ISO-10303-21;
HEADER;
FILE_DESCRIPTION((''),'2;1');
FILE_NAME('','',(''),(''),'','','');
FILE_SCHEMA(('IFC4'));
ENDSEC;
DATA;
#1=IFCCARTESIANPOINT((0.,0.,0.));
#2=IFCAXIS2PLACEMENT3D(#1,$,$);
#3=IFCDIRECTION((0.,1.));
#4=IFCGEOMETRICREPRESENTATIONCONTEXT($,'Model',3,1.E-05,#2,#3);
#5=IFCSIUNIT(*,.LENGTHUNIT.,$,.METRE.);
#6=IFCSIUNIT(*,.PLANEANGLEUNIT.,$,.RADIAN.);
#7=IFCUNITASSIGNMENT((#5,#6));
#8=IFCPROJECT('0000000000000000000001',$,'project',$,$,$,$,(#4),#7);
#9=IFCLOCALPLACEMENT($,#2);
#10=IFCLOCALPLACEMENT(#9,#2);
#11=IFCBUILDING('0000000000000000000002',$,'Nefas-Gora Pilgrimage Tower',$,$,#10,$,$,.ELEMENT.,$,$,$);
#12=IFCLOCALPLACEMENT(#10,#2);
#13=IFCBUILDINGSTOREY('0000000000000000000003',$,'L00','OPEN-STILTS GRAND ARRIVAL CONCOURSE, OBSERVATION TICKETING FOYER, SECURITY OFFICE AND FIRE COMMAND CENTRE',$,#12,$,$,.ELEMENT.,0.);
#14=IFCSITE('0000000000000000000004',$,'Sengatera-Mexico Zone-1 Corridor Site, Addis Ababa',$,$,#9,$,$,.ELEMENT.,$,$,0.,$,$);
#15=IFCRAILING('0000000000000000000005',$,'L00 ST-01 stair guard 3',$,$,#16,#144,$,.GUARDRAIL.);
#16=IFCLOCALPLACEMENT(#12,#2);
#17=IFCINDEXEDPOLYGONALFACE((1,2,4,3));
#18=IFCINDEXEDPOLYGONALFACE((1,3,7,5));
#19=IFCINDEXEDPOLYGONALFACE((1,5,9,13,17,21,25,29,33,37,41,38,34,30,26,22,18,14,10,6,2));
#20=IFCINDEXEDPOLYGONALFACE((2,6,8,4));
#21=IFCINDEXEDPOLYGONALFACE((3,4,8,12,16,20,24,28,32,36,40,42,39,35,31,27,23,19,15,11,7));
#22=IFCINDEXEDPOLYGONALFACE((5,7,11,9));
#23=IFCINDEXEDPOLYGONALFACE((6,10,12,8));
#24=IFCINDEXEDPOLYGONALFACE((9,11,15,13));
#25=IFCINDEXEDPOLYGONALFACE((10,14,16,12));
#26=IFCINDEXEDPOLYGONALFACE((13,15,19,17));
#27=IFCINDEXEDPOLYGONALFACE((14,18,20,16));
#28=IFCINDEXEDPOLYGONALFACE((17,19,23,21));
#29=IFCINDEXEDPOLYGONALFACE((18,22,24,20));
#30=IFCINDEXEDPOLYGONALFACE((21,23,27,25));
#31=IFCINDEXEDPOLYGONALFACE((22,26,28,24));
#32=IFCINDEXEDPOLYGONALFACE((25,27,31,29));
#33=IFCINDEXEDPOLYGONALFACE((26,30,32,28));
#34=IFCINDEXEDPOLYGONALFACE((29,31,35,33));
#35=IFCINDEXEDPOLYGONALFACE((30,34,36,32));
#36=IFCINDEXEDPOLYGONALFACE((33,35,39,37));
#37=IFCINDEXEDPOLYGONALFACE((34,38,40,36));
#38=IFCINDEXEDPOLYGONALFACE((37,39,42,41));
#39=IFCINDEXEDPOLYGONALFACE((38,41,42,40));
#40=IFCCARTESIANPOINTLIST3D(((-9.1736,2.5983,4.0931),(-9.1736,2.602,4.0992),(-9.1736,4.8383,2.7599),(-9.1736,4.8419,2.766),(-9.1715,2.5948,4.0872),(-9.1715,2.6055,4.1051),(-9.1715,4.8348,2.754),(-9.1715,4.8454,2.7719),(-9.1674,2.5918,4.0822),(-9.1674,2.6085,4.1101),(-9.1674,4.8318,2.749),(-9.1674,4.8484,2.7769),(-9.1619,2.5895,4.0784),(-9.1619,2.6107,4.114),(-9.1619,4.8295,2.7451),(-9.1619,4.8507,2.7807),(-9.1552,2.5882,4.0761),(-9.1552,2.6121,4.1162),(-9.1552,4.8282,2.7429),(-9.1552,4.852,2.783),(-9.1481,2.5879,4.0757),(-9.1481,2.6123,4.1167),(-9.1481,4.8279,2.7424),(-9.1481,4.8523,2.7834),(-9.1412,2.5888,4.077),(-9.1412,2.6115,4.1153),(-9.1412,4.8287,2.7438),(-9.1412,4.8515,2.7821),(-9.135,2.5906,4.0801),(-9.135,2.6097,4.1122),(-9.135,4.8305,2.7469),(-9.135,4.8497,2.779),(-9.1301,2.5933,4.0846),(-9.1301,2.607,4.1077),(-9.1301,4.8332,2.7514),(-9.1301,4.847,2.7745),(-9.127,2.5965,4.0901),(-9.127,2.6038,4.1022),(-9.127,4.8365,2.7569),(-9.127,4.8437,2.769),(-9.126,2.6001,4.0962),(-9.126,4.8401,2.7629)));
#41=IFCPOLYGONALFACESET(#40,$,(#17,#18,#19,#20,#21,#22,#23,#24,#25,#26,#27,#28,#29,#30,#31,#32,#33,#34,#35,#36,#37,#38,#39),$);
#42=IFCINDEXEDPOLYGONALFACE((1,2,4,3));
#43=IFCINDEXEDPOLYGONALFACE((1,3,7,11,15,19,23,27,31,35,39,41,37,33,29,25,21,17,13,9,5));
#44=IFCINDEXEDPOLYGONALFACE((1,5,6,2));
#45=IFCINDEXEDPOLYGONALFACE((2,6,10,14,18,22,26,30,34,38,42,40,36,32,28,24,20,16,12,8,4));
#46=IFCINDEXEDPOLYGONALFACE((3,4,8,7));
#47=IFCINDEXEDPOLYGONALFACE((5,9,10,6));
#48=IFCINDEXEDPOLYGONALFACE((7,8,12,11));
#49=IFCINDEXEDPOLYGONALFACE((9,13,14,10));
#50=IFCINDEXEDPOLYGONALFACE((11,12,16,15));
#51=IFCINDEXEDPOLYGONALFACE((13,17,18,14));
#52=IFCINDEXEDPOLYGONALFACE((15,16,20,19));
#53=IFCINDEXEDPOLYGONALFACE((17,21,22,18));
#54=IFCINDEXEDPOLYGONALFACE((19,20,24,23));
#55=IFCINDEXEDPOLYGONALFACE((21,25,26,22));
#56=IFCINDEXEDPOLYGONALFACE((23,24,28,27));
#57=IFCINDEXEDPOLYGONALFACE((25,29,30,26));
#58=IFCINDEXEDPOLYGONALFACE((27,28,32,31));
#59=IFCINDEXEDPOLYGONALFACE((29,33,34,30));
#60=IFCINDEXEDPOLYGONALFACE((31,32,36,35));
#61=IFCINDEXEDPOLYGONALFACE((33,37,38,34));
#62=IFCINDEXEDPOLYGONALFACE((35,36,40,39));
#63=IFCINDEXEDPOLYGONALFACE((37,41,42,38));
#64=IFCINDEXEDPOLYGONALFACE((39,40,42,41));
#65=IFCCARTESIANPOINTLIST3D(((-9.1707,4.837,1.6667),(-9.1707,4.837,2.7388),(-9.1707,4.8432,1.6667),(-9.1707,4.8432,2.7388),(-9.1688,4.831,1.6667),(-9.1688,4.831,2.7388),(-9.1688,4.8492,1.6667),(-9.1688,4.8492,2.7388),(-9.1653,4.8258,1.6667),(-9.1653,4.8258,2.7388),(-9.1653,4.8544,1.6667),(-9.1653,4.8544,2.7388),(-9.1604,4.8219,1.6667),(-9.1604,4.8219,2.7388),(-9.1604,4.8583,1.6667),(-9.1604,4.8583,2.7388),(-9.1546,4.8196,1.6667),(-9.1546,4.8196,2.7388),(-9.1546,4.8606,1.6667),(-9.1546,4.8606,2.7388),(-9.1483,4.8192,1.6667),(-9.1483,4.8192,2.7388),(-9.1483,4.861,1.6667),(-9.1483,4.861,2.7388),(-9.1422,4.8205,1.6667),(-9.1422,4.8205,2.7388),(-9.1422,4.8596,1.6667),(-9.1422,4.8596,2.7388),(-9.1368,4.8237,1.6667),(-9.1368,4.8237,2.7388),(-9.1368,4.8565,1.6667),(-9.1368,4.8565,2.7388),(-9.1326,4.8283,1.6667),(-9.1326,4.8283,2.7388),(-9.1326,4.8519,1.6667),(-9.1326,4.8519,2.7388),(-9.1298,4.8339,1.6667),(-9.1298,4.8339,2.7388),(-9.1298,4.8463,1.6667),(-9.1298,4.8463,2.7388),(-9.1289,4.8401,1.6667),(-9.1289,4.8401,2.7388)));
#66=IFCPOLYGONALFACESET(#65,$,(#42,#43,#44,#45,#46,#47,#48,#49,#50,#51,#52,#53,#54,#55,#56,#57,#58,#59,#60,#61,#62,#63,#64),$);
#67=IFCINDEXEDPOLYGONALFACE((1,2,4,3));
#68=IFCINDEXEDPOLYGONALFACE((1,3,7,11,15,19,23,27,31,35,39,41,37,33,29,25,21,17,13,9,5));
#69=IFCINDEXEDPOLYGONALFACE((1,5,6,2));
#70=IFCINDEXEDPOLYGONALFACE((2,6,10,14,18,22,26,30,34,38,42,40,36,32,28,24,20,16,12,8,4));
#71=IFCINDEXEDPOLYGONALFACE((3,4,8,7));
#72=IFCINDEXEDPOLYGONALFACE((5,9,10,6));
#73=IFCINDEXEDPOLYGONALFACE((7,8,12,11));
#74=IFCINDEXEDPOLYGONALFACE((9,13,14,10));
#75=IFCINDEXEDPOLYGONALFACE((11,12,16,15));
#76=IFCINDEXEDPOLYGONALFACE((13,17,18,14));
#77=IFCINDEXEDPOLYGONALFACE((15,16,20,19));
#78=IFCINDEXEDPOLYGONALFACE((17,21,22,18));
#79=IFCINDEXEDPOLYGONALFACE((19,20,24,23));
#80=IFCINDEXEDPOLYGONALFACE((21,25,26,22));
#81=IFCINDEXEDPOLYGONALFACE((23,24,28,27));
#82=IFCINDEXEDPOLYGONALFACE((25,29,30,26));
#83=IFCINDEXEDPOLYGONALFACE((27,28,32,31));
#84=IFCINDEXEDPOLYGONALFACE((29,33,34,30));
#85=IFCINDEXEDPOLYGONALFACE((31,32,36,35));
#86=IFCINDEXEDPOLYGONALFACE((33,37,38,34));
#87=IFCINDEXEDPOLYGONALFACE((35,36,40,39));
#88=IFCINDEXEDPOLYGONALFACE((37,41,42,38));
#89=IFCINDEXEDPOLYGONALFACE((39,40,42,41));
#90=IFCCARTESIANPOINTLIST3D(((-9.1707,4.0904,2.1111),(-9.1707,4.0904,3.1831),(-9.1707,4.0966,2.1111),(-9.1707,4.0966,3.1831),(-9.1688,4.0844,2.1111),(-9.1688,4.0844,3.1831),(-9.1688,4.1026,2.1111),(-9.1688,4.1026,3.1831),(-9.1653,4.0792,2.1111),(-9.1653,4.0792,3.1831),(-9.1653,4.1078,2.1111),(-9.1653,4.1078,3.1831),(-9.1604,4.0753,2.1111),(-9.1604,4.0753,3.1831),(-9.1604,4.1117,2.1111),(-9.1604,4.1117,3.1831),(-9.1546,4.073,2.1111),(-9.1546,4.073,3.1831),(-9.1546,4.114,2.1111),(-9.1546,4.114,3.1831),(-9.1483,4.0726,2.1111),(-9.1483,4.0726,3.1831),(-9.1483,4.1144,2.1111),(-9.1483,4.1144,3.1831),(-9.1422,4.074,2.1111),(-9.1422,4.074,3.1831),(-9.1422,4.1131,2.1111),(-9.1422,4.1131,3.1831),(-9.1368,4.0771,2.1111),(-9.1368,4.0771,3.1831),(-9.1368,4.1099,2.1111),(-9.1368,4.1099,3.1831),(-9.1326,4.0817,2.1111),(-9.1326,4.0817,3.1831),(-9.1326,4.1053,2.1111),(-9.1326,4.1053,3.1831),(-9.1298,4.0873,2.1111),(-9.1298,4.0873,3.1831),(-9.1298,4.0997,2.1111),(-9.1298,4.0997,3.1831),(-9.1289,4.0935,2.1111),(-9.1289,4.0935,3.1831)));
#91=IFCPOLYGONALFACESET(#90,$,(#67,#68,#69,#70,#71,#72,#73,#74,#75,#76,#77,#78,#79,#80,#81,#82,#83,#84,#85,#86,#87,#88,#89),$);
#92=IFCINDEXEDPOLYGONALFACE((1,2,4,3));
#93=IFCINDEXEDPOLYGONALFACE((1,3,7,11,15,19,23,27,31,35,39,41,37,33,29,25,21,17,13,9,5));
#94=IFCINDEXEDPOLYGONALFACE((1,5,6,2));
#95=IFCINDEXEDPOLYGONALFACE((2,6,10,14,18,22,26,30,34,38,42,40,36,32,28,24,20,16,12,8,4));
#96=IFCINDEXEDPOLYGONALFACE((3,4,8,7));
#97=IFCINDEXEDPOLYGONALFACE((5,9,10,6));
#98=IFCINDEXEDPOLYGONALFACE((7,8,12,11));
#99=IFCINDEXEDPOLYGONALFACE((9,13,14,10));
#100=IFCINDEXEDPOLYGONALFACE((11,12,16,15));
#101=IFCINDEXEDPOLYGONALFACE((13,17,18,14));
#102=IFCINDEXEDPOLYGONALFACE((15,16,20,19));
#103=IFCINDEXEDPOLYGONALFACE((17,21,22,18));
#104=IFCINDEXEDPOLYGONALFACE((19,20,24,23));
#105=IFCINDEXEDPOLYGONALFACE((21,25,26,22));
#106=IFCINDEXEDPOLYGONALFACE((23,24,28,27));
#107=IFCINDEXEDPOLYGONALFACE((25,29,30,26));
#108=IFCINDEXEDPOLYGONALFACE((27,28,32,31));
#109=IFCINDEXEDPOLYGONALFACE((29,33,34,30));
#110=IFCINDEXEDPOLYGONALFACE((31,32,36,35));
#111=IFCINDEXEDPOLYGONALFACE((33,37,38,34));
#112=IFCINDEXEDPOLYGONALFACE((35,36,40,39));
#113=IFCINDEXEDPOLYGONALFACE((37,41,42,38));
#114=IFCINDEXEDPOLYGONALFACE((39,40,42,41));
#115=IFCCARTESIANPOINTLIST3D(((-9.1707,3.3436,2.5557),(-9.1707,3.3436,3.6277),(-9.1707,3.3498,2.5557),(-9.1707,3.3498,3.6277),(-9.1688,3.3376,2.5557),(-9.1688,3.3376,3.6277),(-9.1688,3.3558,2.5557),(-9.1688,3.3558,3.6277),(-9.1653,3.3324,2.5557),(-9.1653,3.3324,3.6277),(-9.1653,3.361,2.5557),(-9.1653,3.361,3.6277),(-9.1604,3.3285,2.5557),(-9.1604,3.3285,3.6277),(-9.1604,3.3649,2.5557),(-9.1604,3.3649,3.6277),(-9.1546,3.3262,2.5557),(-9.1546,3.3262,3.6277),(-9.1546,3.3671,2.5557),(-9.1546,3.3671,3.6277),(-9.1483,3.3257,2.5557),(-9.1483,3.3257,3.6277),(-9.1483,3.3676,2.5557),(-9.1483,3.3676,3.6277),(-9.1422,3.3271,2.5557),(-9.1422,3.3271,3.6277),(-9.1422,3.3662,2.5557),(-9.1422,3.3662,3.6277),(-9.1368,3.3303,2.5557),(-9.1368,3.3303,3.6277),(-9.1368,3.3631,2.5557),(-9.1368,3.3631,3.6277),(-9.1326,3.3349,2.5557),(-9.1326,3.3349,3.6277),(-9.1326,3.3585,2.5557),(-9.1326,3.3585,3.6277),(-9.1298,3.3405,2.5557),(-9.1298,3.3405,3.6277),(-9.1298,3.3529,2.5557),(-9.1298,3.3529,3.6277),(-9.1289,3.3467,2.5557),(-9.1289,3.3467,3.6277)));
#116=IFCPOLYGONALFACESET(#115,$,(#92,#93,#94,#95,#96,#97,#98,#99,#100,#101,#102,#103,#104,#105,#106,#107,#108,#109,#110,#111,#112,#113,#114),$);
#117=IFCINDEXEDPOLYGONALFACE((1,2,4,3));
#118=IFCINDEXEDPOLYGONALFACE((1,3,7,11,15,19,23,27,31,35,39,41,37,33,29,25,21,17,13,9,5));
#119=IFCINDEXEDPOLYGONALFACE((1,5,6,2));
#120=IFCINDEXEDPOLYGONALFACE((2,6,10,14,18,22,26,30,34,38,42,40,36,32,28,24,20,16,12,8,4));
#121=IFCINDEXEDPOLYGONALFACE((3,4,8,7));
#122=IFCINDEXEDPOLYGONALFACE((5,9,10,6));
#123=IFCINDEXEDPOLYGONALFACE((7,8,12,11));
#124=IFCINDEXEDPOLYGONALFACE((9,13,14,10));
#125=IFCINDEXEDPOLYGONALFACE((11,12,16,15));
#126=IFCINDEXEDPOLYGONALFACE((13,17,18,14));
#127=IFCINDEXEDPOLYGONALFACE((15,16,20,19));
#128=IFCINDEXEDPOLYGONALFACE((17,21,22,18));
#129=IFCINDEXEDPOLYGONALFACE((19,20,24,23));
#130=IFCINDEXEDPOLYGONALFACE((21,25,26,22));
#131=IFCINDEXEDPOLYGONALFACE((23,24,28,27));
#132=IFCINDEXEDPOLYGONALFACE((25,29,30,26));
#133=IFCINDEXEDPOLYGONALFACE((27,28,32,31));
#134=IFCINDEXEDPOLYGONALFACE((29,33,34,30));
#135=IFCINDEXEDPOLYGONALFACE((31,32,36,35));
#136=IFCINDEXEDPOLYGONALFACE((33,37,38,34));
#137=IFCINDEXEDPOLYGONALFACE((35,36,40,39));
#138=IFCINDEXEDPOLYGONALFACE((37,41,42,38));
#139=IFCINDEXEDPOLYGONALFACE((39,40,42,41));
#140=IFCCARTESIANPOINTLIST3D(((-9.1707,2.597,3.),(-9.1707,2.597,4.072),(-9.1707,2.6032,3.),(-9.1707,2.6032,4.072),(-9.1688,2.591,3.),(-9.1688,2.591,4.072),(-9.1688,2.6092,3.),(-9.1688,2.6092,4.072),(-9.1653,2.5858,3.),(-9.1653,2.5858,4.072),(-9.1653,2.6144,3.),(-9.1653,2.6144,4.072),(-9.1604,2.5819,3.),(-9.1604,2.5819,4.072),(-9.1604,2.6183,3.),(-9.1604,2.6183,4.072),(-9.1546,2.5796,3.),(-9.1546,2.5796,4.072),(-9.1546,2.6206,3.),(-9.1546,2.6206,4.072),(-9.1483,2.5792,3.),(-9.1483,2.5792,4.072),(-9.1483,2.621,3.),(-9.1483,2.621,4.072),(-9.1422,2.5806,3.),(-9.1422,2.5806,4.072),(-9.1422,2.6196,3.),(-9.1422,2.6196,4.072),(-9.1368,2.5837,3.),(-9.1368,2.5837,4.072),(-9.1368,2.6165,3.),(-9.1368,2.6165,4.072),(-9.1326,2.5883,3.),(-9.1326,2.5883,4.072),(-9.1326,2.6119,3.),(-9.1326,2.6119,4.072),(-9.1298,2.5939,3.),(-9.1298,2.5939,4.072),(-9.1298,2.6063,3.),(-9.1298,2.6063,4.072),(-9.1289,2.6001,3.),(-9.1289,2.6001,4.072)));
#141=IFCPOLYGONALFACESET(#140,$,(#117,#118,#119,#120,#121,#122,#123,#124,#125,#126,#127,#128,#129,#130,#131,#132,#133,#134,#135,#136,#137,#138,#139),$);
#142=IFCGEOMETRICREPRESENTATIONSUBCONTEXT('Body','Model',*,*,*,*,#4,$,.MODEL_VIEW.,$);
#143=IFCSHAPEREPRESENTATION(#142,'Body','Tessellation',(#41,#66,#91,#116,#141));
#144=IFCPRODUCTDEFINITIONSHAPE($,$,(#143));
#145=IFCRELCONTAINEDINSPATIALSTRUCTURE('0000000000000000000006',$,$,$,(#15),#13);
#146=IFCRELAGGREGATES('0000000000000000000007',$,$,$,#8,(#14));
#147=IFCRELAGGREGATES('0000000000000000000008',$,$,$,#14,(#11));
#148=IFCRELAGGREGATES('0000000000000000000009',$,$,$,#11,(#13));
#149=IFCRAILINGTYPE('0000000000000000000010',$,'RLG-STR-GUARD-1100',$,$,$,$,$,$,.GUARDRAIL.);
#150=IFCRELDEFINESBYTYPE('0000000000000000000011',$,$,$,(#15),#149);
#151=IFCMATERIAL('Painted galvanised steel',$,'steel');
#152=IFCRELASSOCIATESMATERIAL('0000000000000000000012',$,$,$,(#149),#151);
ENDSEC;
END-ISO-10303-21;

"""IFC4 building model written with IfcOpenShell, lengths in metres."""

from ifc_helpers import new_model, si_unit, direction, frame, origin, origin_2d, place, context, subcontext, project, spatial, circle, extrude, material, type_object, element, save


model = new_model("IFC4")

# Units and contexts
model_context = context("Model", 3, precision=1e-05, world=origin(), true_north=direction((0.0, 1.0)))
body_context = subcontext(model_context, "Body", "Model", "MODEL_VIEW")
ifc_project = project(units=[si_unit("LENGTHUNIT", "METRE"), si_unit("PLANEANGLEUNIT", "RADIAN")], contexts=[model_context])

# Site, building, storey
site_placement = place(None, origin())
site = spatial("IfcSite", under=ifc_project, at=site_placement, Name="Sengatera-Mexico Zone-1 Corridor Site, Addis Ababa", CompositionType="ELEMENT", RefElevation=0.0)
building_placement = place(site_placement, origin())
building = spatial("IfcBuilding", under=site, at=building_placement, Name="Nefas-Gora Pilgrimage Tower", CompositionType="ELEMENT")
storey_placement = place(building_placement, origin())
storey = spatial("IfcBuildingStorey", under=building, at=storey_placement, Name="L00", Description="OPEN-STILTS GRAND ARRIVAL CONCOURSE, OBSERVATION TICKETING FOYER, SECURITY OFFICE AND FIRE COMMAND CENTRE", CompositionType="ELEMENT", Elevation=0.0)

# Railing
ifc_material_1 = material(Name="Painted galvanised steel", Category="steel")
railing_type_1 = type_object("IfcRailingType", Name="RLG-STR-GUARD-1100", PredefinedType="GUARDRAIL", material=ifc_material_1)
railing_1_placement = place(storey_placement, frame((-9.1499, 4.8401, 1.6667)))
element("IfcRailing", 1, at=railing_1_placement, inside=storey, type_object=railing_type_1, Name="L00 ST-01 stair guard 3", PredefinedType="GUARDRAIL", context=body_context, shape_type="SweptSolid", body=[
    extrude(circle(Radius=0.0239, at=origin_2d()), frame((0.0, 0.0, 1.0962), z_axis=(0.0, -0.859306, 0.511462), x_axis=(1.0, 0.0, 0.0)), (0.0, 0.0, 1.0), 2.6067),
    extrude(circle(Radius=0.021, at=origin_2d()), origin(), (0.0, 0.0, 1.0), 1.072),
    extrude(circle(Radius=0.021, at=origin_2d()), frame((0.0, -0.7466, 0.4443)), (0.0, 0.0, 1.0), 1.072),
    extrude(circle(Radius=0.021, at=origin_2d()), frame((0.0, -1.4934, 0.8889)), (0.0, 0.0, 1.0), 1.072),
    extrude(circle(Radius=0.021, at=origin_2d()), frame((0.0, -2.24, 1.3333)), (0.0, 0.0, 1.0), 1.072),
])

save(model, "model.ifc")
